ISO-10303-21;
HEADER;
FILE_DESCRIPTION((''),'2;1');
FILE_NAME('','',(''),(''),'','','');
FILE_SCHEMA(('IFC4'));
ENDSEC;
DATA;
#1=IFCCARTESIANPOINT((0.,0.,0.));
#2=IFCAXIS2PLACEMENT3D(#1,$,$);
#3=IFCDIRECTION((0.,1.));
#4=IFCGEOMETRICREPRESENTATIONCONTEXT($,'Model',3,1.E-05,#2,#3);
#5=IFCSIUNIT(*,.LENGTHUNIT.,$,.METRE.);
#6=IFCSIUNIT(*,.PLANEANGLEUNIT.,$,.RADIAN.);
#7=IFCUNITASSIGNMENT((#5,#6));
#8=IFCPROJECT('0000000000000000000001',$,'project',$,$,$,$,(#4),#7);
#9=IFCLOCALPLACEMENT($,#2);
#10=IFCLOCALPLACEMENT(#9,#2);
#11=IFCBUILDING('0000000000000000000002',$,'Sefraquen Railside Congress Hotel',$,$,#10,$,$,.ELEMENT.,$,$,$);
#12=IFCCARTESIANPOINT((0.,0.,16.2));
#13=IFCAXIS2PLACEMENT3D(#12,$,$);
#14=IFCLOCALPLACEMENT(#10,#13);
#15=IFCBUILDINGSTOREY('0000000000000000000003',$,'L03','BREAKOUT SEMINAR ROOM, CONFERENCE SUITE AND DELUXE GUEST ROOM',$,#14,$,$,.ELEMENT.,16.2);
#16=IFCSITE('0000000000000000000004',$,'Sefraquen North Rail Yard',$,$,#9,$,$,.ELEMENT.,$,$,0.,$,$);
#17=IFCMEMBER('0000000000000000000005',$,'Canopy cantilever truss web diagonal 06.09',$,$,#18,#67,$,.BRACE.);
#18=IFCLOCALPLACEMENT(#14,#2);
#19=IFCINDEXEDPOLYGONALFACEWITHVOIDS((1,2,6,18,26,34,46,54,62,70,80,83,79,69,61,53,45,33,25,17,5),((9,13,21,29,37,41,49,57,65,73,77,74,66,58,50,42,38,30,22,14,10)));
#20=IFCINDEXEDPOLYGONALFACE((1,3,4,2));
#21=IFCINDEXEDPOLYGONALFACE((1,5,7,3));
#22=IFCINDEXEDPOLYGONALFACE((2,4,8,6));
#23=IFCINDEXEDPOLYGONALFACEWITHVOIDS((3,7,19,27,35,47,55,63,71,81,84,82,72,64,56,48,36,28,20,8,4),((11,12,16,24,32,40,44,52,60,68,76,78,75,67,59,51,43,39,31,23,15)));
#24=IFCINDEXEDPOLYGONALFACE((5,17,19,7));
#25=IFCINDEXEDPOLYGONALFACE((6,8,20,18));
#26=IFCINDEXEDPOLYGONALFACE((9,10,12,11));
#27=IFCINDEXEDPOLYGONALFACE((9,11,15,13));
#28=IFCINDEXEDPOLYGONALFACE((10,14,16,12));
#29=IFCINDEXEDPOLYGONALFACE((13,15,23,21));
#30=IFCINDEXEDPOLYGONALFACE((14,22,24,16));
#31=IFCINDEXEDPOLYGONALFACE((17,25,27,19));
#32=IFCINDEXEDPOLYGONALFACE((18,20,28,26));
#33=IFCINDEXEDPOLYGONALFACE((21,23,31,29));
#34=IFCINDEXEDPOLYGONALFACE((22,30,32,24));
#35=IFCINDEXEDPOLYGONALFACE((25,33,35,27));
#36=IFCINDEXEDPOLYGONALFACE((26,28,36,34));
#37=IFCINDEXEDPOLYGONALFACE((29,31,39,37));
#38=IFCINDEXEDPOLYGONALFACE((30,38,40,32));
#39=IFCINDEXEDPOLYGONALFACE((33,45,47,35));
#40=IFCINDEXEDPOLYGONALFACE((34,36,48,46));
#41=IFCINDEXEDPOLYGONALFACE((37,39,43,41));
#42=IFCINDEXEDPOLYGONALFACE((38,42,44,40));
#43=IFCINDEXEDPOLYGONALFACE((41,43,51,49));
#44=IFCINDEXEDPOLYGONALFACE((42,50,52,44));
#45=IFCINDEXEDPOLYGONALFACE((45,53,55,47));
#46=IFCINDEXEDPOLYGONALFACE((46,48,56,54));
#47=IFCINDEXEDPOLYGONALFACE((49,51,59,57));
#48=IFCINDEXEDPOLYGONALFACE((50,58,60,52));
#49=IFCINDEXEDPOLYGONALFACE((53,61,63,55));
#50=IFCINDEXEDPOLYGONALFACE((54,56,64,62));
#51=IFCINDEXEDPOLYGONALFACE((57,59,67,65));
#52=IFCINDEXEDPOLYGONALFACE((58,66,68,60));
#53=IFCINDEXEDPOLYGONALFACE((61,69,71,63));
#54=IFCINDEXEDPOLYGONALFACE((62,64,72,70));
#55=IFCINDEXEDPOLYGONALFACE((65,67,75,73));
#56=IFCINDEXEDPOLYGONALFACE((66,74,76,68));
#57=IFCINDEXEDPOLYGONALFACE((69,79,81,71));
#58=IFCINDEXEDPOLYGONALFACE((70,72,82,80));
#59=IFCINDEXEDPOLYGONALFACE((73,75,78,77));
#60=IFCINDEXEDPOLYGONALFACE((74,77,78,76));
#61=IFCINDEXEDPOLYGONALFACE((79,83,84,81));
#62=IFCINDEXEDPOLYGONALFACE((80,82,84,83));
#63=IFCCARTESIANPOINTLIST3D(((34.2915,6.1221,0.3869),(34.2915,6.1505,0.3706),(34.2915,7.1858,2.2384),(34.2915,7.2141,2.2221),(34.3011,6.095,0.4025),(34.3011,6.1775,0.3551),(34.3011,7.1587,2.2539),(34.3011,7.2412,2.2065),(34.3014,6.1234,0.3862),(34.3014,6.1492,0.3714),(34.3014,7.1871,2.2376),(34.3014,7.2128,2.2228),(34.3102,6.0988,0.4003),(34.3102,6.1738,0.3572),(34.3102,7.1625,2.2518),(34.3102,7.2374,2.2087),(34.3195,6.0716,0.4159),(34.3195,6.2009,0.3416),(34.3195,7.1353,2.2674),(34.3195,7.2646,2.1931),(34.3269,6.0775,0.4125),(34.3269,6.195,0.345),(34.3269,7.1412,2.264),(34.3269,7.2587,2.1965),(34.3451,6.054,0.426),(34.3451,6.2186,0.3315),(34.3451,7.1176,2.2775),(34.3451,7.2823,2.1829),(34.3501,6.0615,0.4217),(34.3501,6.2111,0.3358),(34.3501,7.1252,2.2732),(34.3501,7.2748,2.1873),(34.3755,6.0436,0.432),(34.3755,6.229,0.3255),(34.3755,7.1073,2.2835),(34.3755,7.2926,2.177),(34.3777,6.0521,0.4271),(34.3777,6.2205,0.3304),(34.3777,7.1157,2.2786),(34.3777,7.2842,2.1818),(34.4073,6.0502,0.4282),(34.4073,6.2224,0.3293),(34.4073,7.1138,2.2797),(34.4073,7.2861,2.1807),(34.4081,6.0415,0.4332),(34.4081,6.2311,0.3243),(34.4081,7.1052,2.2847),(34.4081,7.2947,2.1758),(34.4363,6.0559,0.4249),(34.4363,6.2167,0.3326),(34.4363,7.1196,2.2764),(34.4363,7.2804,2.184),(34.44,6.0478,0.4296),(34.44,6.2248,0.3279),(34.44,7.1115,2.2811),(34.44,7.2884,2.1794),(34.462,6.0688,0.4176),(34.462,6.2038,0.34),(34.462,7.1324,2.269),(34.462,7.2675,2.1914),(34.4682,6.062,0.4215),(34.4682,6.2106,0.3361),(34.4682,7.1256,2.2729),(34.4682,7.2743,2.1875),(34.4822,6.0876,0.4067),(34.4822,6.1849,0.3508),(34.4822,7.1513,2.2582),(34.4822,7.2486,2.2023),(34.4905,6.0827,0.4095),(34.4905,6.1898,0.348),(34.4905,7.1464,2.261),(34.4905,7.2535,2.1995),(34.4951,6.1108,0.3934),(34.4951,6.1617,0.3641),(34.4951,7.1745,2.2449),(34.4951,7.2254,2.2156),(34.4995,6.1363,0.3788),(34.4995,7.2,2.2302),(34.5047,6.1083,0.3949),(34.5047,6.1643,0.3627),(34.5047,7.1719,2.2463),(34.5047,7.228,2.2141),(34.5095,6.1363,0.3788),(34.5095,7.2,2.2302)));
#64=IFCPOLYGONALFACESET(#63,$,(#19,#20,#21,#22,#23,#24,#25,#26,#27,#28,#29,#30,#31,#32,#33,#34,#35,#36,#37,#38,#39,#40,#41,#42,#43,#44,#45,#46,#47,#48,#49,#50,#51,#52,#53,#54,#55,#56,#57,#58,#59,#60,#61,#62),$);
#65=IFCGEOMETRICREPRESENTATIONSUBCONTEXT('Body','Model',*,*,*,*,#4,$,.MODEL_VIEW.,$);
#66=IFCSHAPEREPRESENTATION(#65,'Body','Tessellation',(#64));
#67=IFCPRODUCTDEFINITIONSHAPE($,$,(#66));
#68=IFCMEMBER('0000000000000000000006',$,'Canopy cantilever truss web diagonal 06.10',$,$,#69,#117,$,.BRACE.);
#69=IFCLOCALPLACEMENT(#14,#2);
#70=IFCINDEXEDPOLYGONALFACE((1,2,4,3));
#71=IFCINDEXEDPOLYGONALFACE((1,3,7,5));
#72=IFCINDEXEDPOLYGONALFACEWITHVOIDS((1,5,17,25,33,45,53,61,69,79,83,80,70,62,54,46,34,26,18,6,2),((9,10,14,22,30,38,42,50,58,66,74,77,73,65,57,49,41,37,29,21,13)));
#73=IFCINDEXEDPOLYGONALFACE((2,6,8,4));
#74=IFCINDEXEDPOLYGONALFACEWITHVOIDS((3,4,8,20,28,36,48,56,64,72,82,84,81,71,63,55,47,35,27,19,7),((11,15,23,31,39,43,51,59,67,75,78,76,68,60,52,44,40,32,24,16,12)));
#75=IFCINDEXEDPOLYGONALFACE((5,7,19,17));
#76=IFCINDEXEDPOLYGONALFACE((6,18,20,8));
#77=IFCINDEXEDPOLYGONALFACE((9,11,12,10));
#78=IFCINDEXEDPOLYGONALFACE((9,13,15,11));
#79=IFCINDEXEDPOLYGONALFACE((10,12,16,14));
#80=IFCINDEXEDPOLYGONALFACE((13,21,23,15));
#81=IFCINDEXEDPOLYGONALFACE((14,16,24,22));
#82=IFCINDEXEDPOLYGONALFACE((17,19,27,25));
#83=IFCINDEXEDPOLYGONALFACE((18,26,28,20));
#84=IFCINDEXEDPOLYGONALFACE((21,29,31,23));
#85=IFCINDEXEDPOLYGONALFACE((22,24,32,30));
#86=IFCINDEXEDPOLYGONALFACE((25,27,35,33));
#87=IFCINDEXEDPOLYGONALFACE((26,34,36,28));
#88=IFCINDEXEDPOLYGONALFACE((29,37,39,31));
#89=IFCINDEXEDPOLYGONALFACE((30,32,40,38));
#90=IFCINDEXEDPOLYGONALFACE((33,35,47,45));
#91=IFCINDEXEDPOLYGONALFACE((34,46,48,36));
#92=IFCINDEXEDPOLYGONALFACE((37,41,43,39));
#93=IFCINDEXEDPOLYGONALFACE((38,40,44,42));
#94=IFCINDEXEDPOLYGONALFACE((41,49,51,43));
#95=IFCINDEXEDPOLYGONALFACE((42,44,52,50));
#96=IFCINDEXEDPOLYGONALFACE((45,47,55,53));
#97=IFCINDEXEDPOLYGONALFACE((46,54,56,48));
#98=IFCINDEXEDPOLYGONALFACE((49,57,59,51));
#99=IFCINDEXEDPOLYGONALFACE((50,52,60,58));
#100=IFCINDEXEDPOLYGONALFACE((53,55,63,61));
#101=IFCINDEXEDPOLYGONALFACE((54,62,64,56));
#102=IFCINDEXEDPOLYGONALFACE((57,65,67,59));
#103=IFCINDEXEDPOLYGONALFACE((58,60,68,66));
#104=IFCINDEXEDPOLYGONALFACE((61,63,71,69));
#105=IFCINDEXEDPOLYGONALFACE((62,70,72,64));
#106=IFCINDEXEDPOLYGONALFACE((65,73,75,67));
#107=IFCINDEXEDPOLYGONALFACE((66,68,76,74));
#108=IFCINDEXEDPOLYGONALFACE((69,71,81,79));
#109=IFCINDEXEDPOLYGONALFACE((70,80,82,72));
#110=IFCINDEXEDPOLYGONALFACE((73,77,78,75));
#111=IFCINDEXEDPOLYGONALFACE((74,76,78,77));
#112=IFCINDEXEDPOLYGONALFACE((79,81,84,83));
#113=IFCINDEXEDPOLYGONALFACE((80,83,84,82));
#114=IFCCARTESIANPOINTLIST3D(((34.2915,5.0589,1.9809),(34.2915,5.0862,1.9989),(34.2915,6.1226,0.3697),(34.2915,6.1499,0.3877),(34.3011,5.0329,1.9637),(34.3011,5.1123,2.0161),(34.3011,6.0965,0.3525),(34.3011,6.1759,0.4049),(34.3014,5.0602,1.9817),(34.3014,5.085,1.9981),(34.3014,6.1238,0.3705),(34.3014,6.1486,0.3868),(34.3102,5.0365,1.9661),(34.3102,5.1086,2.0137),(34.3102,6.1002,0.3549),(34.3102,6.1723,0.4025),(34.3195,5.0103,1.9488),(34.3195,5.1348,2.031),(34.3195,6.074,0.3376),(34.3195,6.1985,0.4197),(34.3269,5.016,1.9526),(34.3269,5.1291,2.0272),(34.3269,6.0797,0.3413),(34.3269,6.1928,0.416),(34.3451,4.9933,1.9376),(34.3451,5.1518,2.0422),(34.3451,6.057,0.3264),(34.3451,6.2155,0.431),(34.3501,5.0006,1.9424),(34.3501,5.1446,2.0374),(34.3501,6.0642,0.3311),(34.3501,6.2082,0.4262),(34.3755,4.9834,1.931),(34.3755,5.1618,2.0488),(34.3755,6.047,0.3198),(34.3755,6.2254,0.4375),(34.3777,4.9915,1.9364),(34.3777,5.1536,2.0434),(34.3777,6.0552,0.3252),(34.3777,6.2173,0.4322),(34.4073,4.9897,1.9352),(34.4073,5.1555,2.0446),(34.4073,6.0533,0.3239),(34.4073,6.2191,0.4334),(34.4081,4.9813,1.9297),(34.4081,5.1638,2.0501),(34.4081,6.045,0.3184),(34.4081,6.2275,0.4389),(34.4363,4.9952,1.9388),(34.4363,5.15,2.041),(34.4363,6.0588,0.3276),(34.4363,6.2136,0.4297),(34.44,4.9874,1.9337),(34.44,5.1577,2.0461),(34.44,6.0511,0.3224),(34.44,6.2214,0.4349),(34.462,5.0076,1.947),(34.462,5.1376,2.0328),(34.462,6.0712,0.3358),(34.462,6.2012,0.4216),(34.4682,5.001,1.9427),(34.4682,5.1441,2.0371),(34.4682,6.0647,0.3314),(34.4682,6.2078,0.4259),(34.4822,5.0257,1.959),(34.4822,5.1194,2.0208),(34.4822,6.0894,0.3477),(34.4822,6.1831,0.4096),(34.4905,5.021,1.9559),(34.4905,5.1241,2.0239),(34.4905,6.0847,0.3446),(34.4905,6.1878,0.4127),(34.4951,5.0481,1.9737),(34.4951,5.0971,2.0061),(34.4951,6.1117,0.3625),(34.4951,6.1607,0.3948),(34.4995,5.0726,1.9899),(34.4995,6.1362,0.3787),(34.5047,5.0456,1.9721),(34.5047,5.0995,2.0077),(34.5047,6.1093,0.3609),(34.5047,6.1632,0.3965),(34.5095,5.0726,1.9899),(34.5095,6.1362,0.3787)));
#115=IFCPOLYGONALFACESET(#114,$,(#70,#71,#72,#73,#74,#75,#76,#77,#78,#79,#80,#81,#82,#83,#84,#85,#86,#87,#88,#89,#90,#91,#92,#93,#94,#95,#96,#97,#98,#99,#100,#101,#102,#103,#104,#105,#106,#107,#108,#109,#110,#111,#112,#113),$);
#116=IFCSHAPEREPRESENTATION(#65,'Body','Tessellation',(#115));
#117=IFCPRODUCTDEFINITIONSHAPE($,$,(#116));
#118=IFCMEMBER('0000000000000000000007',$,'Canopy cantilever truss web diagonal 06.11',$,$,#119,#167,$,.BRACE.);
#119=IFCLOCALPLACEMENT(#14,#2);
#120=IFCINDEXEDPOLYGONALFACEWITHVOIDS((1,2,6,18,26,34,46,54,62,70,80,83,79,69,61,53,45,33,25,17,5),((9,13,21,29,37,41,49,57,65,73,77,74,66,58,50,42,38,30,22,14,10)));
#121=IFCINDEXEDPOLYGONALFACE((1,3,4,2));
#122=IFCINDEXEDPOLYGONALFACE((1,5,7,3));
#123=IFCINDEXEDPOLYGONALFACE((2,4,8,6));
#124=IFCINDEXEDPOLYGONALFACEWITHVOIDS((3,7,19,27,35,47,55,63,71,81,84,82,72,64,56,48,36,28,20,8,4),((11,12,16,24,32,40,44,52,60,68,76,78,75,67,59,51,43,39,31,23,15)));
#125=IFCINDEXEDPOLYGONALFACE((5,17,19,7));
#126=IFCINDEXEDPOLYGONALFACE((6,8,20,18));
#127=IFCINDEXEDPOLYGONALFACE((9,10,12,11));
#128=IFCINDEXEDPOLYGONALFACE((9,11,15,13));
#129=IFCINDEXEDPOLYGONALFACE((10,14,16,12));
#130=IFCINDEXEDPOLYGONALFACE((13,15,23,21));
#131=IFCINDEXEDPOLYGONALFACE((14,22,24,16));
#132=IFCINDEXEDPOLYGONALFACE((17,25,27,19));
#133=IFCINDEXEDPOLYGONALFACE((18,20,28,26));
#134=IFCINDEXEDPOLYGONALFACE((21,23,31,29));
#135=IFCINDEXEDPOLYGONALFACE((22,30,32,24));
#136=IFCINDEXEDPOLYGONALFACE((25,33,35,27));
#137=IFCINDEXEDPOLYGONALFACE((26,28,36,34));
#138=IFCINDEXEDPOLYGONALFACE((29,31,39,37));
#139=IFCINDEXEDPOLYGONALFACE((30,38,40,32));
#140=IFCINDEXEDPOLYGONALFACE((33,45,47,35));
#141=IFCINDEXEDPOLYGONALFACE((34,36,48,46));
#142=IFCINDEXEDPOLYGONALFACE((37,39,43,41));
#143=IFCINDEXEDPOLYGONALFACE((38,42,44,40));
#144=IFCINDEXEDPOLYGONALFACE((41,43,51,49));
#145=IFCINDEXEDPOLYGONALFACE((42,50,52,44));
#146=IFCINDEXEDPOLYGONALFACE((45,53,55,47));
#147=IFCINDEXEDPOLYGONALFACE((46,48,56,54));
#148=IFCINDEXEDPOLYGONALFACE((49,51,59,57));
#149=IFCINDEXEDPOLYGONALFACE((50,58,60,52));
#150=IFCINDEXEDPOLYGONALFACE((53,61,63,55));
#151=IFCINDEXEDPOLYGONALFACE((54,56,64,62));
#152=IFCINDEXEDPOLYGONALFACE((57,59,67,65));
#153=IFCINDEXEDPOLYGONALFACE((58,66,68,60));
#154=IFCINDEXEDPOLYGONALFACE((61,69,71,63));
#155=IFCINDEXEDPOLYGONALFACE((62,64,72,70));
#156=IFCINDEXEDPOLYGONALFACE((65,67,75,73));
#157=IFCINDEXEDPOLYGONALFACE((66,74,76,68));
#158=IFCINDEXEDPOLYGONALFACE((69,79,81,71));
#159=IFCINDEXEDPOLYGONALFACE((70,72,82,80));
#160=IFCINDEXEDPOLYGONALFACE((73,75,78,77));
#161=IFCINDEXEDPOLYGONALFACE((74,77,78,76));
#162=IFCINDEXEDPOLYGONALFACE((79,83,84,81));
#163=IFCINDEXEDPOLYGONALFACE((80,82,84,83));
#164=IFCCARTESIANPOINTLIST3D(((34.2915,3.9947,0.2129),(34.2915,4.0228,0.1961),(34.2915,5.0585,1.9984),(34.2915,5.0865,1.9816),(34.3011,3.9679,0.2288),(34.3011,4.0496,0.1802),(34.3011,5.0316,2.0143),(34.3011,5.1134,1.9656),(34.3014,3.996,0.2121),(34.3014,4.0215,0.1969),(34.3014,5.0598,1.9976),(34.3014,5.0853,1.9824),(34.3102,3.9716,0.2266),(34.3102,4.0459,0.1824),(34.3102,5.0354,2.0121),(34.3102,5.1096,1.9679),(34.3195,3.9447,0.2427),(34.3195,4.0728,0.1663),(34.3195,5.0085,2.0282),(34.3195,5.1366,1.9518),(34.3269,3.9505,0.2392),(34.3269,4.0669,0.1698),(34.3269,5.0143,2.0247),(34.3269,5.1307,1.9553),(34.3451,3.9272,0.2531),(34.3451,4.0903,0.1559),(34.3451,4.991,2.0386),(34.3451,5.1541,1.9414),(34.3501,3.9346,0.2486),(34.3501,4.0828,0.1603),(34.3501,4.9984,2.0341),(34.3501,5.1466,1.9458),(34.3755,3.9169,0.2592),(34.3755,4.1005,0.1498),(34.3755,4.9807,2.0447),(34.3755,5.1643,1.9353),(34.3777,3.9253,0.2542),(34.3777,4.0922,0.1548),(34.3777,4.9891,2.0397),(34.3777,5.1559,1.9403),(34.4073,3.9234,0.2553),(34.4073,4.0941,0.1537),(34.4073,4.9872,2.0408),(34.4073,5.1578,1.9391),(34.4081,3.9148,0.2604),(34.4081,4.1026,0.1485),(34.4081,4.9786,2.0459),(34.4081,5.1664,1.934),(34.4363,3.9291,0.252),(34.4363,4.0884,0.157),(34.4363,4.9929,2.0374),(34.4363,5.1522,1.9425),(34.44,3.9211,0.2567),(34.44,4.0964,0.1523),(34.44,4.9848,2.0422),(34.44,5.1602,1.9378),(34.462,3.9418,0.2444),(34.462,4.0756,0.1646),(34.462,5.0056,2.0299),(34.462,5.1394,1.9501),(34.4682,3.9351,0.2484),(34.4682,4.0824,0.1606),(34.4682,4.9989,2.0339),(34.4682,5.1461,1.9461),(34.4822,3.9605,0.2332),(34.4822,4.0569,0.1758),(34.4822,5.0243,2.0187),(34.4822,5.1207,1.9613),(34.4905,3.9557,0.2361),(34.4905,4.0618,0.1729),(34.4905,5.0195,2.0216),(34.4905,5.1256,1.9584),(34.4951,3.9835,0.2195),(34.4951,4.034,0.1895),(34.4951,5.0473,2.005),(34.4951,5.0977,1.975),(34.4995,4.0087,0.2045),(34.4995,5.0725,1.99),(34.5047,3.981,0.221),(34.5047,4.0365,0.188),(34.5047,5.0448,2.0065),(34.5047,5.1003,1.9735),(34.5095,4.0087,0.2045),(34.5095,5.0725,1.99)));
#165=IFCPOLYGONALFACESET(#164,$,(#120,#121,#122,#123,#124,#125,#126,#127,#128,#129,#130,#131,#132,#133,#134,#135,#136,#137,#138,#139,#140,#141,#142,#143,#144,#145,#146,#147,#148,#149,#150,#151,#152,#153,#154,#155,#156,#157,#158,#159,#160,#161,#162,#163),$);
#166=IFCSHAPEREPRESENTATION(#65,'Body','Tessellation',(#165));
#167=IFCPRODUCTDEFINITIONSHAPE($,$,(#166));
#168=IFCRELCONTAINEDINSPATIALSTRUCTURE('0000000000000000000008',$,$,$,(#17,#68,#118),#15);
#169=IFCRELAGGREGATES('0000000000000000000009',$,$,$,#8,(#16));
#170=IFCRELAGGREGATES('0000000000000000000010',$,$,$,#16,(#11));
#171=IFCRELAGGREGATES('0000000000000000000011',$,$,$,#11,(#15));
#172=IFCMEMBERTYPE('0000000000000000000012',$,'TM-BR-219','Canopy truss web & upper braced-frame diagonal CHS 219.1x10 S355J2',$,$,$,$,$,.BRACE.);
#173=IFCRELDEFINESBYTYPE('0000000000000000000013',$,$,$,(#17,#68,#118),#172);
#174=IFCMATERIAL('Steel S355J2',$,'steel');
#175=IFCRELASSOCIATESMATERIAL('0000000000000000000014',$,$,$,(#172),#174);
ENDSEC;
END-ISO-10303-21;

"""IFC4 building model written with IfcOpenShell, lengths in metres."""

from ifc_helpers import new_model, si_unit, direction, frame, origin, origin_2d, place, context, subcontext, project, spatial, hollow_circle, extrude, material, material_profile, profile_set, type_object, element, save


model = new_model("IFC4")

# Units and contexts
model_context = context("Model", 3, precision=1e-05, world=origin(), true_north=direction((0.0, 1.0)))
body_context = subcontext(model_context, "Body", "Model", "MODEL_VIEW")
ifc_project = project(units=[si_unit("LENGTHUNIT", "METRE"), si_unit("PLANEANGLEUNIT", "RADIAN")], contexts=[model_context])

# Site, building, storey
site_placement = place(None, origin())
site = spatial("IfcSite", under=ifc_project, at=site_placement, Name="Sefraquen North Rail Yard", CompositionType="ELEMENT", RefElevation=0.0)
building_placement = place(site_placement, origin())
building = spatial("IfcBuilding", under=site, at=building_placement, Name="Sefraquen Railside Congress Hotel", CompositionType="ELEMENT")
storey_placement = place(building_placement, frame((0.0, 0.0, 16.2)))
storey = spatial("IfcBuildingStorey", under=building, at=storey_placement, Name="L03", Description="BREAKOUT SEMINAR ROOM, CONFERENCE SUITE AND DELUXE GUEST ROOM", CompositionType="ELEMENT", Elevation=16.2)

# Members
ifc_material_1 = material(Name="Steel S355J2", Category="steel")
ifc_material_profile_1 = material_profile(ifc_material_1, hollow_circle(Radius=0.1096, WallThickness=0.01, at=origin_2d()), Name="CHS 219.1x10")
ifc_profile_set_1 = profile_set([ifc_material_profile_1], Name="Steel S355J2")
member_type_1 = type_object("IfcMemberType", Name="TM-BR-219", Description="Canopy truss web & upper braced-frame diagonal CHS 219.1x10 S355J2", PredefinedType="BRACE", material=ifc_profile_set_1)
member_1_placement = place(storey_placement, frame((34.3999, 7.2, 2.2302), z_axis=(0.0, -0.498145, -0.867094), x_axis=(1.0, 0.0, 0.0)))
element("IfcMember", 1, at=member_1_placement, inside=storey, type_object=member_type_1, Name="Canopy cantilever truss web diagonal 06.09", PredefinedType="BRACE", context=body_context, shape_type="SweptSolid", body=[
    extrude(hollow_circle(Radius=0.1096, WallThickness=0.01, at=origin_2d()), origin(), (0.0, 0.0, 1.0), 2.1353),
])
member_2_placement = place(storey_placement, frame((34.3999, 6.1362, 0.3787), z_axis=(0.0, -0.55093, 0.834551), x_axis=(1.0, 0.0, 0.0)))
element("IfcMember", 2, at=member_2_placement, inside=storey, type_object=member_type_1, Name="Canopy cantilever truss web diagonal 06.10", PredefinedType="BRACE", context=body_context, shape_type="SweptSolid", body=[
    extrude(hollow_circle(Radius=0.1096, WallThickness=0.01, at=origin_2d()), origin(), (0.0, 0.0, 1.0), 1.9307),
])
member_3_placement = place(storey_placement, frame((34.3999, 5.0725, 1.99), z_axis=(0.0, -0.511833, -0.859085), x_axis=(1.0, 0.0, 0.0)))
element("IfcMember", 3, at=member_3_placement, inside=storey, type_object=member_type_1, Name="Canopy cantilever truss web diagonal 06.11", PredefinedType="BRACE", context=body_context, shape_type="SweptSolid", body=[
    extrude(hollow_circle(Radius=0.1096, WallThickness=0.01, at=origin_2d()), origin(), (0.0, 0.0, 1.0), 2.0784),
])

save(model, "model.ifc")
